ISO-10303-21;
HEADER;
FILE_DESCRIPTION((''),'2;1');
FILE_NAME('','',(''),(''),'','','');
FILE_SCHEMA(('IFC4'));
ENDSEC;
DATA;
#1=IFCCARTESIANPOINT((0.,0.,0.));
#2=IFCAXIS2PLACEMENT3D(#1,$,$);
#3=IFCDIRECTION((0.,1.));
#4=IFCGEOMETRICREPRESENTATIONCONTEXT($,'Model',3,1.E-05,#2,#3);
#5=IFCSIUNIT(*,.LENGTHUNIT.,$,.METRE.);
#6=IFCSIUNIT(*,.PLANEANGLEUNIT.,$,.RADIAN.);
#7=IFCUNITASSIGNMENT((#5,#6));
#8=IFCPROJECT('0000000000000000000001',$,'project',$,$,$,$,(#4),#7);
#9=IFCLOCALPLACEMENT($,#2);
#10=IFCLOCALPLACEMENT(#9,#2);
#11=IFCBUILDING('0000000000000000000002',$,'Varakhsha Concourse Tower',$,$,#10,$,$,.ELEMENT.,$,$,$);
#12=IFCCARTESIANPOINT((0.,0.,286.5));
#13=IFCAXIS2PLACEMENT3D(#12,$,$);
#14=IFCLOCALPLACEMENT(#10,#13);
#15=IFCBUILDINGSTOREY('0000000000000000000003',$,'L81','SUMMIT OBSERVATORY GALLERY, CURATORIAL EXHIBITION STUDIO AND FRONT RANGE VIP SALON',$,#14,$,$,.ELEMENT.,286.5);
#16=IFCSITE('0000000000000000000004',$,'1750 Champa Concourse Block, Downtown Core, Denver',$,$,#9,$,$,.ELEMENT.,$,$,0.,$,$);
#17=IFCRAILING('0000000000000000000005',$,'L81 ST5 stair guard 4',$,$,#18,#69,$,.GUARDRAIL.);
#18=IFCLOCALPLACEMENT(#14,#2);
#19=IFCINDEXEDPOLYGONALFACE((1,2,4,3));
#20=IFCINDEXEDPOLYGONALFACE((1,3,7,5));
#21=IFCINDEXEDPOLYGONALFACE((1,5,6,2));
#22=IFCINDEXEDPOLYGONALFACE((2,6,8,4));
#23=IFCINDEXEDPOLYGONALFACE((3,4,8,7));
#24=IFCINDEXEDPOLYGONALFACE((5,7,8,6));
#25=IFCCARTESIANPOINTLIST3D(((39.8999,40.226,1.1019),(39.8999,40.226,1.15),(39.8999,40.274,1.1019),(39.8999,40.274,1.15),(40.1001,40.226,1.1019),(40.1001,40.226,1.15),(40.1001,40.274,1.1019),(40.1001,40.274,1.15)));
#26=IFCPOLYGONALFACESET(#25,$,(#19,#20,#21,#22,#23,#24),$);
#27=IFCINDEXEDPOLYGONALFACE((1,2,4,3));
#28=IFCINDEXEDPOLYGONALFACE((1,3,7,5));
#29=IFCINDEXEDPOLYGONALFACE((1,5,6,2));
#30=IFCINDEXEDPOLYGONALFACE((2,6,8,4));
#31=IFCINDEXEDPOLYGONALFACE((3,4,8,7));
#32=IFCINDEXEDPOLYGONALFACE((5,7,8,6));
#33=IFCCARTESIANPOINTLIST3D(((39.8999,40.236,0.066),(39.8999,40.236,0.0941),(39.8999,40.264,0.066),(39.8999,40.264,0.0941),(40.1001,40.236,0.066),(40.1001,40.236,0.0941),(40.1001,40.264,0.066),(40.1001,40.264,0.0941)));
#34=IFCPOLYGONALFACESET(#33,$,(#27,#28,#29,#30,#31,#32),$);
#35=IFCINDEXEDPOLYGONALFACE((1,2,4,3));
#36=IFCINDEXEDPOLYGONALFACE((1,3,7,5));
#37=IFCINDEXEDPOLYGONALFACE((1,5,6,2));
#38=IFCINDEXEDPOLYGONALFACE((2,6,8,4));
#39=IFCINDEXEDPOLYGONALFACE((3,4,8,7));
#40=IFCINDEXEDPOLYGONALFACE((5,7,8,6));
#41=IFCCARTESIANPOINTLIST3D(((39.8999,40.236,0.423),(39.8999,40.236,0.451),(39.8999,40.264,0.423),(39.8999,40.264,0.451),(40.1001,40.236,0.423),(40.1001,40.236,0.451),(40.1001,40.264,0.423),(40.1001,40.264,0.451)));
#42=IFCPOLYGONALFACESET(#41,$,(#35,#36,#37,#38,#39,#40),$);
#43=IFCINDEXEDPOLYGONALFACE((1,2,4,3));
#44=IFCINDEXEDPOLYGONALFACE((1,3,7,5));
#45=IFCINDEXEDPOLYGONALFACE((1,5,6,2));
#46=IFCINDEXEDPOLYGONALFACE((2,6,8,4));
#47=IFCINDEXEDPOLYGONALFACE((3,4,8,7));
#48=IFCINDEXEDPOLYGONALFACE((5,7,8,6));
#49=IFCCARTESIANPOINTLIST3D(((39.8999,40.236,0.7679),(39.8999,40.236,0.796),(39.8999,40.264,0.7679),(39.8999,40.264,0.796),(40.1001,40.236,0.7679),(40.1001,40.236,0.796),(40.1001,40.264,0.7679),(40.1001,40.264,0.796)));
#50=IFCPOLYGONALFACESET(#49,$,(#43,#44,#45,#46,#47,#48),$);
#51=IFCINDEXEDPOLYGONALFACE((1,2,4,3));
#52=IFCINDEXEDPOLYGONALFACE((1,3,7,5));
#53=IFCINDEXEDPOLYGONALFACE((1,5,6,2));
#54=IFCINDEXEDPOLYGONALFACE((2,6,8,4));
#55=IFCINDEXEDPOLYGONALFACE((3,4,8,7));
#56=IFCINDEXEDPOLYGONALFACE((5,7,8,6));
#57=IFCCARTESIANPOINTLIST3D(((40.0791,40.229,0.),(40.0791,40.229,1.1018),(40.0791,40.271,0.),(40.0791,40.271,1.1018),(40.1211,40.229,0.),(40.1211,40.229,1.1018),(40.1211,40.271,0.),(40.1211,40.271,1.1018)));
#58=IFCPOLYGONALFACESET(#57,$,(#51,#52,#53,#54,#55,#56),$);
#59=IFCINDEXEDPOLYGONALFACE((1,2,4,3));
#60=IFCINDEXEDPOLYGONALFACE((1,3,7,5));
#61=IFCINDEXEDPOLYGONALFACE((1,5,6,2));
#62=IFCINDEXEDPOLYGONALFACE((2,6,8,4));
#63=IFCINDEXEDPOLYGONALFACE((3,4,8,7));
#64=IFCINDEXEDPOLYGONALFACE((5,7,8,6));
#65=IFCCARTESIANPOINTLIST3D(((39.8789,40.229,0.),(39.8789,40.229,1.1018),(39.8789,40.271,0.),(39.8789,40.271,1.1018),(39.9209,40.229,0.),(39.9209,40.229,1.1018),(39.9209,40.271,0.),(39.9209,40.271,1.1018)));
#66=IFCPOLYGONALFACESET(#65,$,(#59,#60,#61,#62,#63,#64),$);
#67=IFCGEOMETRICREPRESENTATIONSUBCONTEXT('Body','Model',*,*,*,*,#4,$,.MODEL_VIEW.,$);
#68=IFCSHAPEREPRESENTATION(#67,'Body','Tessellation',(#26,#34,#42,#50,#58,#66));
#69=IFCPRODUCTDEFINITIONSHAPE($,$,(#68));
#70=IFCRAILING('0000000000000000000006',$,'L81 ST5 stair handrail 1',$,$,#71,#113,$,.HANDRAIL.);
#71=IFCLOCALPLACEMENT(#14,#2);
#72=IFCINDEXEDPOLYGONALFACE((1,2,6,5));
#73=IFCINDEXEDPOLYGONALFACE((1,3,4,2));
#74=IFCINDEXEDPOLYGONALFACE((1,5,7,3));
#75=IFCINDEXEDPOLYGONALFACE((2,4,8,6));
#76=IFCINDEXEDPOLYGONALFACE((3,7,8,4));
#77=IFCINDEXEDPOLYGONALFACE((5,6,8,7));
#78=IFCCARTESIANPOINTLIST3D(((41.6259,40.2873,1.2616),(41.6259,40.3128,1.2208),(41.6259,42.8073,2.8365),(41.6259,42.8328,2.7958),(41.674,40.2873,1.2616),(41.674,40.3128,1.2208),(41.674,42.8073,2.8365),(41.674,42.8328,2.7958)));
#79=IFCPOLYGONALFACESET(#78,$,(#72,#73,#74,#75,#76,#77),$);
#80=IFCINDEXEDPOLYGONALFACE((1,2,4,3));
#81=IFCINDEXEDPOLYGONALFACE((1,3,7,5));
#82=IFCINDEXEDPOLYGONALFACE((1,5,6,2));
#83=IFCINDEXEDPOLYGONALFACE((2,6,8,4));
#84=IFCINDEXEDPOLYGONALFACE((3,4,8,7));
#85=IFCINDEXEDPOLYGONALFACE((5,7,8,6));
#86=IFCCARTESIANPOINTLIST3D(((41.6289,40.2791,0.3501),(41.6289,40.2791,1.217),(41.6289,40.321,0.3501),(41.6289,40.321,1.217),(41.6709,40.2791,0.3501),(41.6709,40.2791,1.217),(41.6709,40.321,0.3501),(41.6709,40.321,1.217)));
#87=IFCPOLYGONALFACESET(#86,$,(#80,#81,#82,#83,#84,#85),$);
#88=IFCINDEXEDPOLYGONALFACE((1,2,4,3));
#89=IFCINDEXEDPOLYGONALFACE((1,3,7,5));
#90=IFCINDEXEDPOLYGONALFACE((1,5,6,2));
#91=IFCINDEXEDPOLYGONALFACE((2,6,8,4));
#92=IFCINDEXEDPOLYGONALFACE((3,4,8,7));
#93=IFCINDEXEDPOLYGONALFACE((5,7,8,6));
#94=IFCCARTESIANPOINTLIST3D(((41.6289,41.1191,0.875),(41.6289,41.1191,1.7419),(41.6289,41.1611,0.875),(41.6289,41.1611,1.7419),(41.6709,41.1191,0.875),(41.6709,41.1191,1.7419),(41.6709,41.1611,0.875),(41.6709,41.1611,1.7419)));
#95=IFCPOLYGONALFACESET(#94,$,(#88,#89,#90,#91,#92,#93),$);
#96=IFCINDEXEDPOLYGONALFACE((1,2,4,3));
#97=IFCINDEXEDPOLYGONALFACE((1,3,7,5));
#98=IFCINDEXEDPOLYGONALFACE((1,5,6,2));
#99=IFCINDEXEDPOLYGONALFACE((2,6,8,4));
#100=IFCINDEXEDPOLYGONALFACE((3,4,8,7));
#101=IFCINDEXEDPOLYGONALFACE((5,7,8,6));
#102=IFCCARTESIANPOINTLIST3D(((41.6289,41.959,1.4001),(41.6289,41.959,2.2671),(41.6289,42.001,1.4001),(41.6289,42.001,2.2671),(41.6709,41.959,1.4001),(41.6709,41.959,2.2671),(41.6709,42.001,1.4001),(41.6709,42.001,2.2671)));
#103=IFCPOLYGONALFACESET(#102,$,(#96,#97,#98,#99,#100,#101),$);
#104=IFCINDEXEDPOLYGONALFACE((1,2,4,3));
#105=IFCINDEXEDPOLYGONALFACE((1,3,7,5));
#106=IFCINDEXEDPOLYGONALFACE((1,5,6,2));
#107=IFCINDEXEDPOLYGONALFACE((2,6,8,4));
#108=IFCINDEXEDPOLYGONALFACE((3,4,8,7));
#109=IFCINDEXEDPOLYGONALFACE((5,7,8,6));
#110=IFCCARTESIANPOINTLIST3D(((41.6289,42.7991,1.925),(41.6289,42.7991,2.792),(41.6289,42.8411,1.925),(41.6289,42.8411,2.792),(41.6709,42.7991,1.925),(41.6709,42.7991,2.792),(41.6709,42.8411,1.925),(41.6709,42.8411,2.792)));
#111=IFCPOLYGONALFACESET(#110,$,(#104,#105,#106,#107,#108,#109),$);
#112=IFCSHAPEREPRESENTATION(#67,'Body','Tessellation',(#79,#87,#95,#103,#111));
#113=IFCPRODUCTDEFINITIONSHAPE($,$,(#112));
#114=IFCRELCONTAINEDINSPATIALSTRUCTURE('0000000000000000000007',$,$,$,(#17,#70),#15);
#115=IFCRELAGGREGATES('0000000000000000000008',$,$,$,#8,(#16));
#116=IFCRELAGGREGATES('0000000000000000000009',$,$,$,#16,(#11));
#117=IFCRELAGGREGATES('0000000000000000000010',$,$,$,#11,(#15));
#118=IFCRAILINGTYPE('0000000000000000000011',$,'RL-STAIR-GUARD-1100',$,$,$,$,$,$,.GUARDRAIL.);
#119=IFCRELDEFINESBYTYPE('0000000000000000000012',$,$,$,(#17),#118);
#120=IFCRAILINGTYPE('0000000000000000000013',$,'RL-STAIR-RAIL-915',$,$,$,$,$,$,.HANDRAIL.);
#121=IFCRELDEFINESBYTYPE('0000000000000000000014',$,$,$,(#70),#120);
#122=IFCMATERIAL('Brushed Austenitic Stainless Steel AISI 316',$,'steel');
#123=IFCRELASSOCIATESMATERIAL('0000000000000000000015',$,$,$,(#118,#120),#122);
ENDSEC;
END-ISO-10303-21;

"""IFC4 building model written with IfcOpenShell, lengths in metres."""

from ifc_helpers import new_model, si_unit, direction, frame, origin, origin_2d, place, context, subcontext, project, spatial, rectangle, extrude, material, type_object, element, save


model = new_model("IFC4")

# Units and contexts
model_context = context("Model", 3, precision=1e-05, world=origin(), true_north=direction((0.0, 1.0)))
body_context = subcontext(model_context, "Body", "Model", "MODEL_VIEW")
ifc_project = project(units=[si_unit("LENGTHUNIT", "METRE"), si_unit("PLANEANGLEUNIT", "RADIAN")], contexts=[model_context])

# Site, building, storey
site_placement = place(None, origin())
site = spatial("IfcSite", under=ifc_project, at=site_placement, Name="1750 Champa Concourse Block, Downtown Core, Denver", CompositionType="ELEMENT", RefElevation=0.0)
building_placement = place(site_placement, origin())
building = spatial("IfcBuilding", under=site, at=building_placement, Name="Varakhsha Concourse Tower", CompositionType="ELEMENT")
storey_placement = place(building_placement, frame((0.0, 0.0, 286.5)))
storey = spatial("IfcBuildingStorey", under=building, at=storey_placement, Name="L81", Description="SUMMIT OBSERVATORY GALLERY, CURATORIAL EXHIBITION STUDIO AND FRONT RANGE VIP SALON", CompositionType="ELEMENT", Elevation=286.5)

# Railings
ifc_material_1 = material(Name="Brushed Austenitic Stainless Steel AISI 316", Category="steel")
railing_type_1 = type_object("IfcRailingType", Name="RL-STAIR-GUARD-1100", PredefinedType="GUARDRAIL", material=ifc_material_1)
railing_1_placement = place(storey_placement, frame((40.1001, 40.25, 0.0)))
element("IfcRailing", 1, at=railing_1_placement, inside=storey, type_object=railing_type_1, Name="L81 ST5 stair guard 4", PredefinedType="GUARDRAIL", context=body_context, shape_type="SweptSolid", body=[
    extrude(rectangle(XDim=0.0481, YDim=0.0481, at=origin_2d()), frame((0.0, 0.0, 1.126), z_axis=(-1.0, 0.0, 0.0), x_axis=(0.0, -1.0, 0.0)), (0.0, 0.0, 1.0), 0.2002),
    extrude(rectangle(XDim=0.0281, YDim=0.0281, at=origin_2d()), frame((0.0, 0.0, 0.0801), z_axis=(-1.0, 0.0, 0.0), x_axis=(0.0, -1.0, 0.0)), (0.0, 0.0, 1.0), 0.2002),
    extrude(rectangle(XDim=0.0281, YDim=0.0281, at=origin_2d()), frame((0.0, 0.0, 0.437), z_axis=(-1.0, 0.0, 0.0), x_axis=(0.0, -1.0, 0.0)), (0.0, 0.0, 1.0), 0.2002),
    extrude(rectangle(XDim=0.0281, YDim=0.0281, at=origin_2d()), frame((0.0, 0.0, 0.782), z_axis=(-1.0, 0.0, 0.0), x_axis=(0.0, -1.0, 0.0)), (0.0, 0.0, 1.0), 0.2002),
    extrude(rectangle(XDim=0.042, YDim=0.042, at=origin_2d()), origin(), (0.0, 0.0, 1.0), 1.1018),
    extrude(rectangle(XDim=0.042, YDim=0.042, at=origin_2d()), frame((-0.2002, 0.0, 0.0)), (0.0, 0.0, 1.0), 1.1018),
])
railing_type_2 = type_object("IfcRailingType", Name="RL-STAIR-RAIL-915", PredefinedType="HANDRAIL", material=ifc_material_1)
railing_2_placement = place(storey_placement, frame((41.6499, 40.3, 0.3501)))
element("IfcRailing", 2, at=railing_2_placement, inside=storey, type_object=railing_type_2, Name="L81 ST5 stair handrail 1", PredefinedType="HANDRAIL", context=body_context, shape_type="SweptSolid", body=[
    extrude(rectangle(XDim=0.0481, YDim=0.0481, at=origin_2d()), frame((0.0, 0.0, 0.8911), z_axis=(0.0, 0.848008, 0.529984), x_axis=(-1.0, 0.0, 0.0)), (0.0, 0.0, 1.0), 2.9717),
    extrude(rectangle(XDim=0.042, YDim=0.042, at=origin_2d()), origin(), (0.0, 0.0, 1.0), 0.8669),
    extrude(rectangle(XDim=0.042, YDim=0.042, at=origin_2d()), frame((0.0, 0.8401, 0.5249)), (0.0, 0.0, 1.0), 0.8669),
    extrude(rectangle(XDim=0.042, YDim=0.042, at=origin_2d()), frame((0.0, 1.6799, 1.05)), (0.0, 0.0, 1.0), 0.8669),
    extrude(rectangle(XDim=0.042, YDim=0.042, at=origin_2d()), frame((0.0, 2.52, 1.575)), (0.0, 0.0, 1.0), 0.8669),
])

save(model, "model.ifc")
